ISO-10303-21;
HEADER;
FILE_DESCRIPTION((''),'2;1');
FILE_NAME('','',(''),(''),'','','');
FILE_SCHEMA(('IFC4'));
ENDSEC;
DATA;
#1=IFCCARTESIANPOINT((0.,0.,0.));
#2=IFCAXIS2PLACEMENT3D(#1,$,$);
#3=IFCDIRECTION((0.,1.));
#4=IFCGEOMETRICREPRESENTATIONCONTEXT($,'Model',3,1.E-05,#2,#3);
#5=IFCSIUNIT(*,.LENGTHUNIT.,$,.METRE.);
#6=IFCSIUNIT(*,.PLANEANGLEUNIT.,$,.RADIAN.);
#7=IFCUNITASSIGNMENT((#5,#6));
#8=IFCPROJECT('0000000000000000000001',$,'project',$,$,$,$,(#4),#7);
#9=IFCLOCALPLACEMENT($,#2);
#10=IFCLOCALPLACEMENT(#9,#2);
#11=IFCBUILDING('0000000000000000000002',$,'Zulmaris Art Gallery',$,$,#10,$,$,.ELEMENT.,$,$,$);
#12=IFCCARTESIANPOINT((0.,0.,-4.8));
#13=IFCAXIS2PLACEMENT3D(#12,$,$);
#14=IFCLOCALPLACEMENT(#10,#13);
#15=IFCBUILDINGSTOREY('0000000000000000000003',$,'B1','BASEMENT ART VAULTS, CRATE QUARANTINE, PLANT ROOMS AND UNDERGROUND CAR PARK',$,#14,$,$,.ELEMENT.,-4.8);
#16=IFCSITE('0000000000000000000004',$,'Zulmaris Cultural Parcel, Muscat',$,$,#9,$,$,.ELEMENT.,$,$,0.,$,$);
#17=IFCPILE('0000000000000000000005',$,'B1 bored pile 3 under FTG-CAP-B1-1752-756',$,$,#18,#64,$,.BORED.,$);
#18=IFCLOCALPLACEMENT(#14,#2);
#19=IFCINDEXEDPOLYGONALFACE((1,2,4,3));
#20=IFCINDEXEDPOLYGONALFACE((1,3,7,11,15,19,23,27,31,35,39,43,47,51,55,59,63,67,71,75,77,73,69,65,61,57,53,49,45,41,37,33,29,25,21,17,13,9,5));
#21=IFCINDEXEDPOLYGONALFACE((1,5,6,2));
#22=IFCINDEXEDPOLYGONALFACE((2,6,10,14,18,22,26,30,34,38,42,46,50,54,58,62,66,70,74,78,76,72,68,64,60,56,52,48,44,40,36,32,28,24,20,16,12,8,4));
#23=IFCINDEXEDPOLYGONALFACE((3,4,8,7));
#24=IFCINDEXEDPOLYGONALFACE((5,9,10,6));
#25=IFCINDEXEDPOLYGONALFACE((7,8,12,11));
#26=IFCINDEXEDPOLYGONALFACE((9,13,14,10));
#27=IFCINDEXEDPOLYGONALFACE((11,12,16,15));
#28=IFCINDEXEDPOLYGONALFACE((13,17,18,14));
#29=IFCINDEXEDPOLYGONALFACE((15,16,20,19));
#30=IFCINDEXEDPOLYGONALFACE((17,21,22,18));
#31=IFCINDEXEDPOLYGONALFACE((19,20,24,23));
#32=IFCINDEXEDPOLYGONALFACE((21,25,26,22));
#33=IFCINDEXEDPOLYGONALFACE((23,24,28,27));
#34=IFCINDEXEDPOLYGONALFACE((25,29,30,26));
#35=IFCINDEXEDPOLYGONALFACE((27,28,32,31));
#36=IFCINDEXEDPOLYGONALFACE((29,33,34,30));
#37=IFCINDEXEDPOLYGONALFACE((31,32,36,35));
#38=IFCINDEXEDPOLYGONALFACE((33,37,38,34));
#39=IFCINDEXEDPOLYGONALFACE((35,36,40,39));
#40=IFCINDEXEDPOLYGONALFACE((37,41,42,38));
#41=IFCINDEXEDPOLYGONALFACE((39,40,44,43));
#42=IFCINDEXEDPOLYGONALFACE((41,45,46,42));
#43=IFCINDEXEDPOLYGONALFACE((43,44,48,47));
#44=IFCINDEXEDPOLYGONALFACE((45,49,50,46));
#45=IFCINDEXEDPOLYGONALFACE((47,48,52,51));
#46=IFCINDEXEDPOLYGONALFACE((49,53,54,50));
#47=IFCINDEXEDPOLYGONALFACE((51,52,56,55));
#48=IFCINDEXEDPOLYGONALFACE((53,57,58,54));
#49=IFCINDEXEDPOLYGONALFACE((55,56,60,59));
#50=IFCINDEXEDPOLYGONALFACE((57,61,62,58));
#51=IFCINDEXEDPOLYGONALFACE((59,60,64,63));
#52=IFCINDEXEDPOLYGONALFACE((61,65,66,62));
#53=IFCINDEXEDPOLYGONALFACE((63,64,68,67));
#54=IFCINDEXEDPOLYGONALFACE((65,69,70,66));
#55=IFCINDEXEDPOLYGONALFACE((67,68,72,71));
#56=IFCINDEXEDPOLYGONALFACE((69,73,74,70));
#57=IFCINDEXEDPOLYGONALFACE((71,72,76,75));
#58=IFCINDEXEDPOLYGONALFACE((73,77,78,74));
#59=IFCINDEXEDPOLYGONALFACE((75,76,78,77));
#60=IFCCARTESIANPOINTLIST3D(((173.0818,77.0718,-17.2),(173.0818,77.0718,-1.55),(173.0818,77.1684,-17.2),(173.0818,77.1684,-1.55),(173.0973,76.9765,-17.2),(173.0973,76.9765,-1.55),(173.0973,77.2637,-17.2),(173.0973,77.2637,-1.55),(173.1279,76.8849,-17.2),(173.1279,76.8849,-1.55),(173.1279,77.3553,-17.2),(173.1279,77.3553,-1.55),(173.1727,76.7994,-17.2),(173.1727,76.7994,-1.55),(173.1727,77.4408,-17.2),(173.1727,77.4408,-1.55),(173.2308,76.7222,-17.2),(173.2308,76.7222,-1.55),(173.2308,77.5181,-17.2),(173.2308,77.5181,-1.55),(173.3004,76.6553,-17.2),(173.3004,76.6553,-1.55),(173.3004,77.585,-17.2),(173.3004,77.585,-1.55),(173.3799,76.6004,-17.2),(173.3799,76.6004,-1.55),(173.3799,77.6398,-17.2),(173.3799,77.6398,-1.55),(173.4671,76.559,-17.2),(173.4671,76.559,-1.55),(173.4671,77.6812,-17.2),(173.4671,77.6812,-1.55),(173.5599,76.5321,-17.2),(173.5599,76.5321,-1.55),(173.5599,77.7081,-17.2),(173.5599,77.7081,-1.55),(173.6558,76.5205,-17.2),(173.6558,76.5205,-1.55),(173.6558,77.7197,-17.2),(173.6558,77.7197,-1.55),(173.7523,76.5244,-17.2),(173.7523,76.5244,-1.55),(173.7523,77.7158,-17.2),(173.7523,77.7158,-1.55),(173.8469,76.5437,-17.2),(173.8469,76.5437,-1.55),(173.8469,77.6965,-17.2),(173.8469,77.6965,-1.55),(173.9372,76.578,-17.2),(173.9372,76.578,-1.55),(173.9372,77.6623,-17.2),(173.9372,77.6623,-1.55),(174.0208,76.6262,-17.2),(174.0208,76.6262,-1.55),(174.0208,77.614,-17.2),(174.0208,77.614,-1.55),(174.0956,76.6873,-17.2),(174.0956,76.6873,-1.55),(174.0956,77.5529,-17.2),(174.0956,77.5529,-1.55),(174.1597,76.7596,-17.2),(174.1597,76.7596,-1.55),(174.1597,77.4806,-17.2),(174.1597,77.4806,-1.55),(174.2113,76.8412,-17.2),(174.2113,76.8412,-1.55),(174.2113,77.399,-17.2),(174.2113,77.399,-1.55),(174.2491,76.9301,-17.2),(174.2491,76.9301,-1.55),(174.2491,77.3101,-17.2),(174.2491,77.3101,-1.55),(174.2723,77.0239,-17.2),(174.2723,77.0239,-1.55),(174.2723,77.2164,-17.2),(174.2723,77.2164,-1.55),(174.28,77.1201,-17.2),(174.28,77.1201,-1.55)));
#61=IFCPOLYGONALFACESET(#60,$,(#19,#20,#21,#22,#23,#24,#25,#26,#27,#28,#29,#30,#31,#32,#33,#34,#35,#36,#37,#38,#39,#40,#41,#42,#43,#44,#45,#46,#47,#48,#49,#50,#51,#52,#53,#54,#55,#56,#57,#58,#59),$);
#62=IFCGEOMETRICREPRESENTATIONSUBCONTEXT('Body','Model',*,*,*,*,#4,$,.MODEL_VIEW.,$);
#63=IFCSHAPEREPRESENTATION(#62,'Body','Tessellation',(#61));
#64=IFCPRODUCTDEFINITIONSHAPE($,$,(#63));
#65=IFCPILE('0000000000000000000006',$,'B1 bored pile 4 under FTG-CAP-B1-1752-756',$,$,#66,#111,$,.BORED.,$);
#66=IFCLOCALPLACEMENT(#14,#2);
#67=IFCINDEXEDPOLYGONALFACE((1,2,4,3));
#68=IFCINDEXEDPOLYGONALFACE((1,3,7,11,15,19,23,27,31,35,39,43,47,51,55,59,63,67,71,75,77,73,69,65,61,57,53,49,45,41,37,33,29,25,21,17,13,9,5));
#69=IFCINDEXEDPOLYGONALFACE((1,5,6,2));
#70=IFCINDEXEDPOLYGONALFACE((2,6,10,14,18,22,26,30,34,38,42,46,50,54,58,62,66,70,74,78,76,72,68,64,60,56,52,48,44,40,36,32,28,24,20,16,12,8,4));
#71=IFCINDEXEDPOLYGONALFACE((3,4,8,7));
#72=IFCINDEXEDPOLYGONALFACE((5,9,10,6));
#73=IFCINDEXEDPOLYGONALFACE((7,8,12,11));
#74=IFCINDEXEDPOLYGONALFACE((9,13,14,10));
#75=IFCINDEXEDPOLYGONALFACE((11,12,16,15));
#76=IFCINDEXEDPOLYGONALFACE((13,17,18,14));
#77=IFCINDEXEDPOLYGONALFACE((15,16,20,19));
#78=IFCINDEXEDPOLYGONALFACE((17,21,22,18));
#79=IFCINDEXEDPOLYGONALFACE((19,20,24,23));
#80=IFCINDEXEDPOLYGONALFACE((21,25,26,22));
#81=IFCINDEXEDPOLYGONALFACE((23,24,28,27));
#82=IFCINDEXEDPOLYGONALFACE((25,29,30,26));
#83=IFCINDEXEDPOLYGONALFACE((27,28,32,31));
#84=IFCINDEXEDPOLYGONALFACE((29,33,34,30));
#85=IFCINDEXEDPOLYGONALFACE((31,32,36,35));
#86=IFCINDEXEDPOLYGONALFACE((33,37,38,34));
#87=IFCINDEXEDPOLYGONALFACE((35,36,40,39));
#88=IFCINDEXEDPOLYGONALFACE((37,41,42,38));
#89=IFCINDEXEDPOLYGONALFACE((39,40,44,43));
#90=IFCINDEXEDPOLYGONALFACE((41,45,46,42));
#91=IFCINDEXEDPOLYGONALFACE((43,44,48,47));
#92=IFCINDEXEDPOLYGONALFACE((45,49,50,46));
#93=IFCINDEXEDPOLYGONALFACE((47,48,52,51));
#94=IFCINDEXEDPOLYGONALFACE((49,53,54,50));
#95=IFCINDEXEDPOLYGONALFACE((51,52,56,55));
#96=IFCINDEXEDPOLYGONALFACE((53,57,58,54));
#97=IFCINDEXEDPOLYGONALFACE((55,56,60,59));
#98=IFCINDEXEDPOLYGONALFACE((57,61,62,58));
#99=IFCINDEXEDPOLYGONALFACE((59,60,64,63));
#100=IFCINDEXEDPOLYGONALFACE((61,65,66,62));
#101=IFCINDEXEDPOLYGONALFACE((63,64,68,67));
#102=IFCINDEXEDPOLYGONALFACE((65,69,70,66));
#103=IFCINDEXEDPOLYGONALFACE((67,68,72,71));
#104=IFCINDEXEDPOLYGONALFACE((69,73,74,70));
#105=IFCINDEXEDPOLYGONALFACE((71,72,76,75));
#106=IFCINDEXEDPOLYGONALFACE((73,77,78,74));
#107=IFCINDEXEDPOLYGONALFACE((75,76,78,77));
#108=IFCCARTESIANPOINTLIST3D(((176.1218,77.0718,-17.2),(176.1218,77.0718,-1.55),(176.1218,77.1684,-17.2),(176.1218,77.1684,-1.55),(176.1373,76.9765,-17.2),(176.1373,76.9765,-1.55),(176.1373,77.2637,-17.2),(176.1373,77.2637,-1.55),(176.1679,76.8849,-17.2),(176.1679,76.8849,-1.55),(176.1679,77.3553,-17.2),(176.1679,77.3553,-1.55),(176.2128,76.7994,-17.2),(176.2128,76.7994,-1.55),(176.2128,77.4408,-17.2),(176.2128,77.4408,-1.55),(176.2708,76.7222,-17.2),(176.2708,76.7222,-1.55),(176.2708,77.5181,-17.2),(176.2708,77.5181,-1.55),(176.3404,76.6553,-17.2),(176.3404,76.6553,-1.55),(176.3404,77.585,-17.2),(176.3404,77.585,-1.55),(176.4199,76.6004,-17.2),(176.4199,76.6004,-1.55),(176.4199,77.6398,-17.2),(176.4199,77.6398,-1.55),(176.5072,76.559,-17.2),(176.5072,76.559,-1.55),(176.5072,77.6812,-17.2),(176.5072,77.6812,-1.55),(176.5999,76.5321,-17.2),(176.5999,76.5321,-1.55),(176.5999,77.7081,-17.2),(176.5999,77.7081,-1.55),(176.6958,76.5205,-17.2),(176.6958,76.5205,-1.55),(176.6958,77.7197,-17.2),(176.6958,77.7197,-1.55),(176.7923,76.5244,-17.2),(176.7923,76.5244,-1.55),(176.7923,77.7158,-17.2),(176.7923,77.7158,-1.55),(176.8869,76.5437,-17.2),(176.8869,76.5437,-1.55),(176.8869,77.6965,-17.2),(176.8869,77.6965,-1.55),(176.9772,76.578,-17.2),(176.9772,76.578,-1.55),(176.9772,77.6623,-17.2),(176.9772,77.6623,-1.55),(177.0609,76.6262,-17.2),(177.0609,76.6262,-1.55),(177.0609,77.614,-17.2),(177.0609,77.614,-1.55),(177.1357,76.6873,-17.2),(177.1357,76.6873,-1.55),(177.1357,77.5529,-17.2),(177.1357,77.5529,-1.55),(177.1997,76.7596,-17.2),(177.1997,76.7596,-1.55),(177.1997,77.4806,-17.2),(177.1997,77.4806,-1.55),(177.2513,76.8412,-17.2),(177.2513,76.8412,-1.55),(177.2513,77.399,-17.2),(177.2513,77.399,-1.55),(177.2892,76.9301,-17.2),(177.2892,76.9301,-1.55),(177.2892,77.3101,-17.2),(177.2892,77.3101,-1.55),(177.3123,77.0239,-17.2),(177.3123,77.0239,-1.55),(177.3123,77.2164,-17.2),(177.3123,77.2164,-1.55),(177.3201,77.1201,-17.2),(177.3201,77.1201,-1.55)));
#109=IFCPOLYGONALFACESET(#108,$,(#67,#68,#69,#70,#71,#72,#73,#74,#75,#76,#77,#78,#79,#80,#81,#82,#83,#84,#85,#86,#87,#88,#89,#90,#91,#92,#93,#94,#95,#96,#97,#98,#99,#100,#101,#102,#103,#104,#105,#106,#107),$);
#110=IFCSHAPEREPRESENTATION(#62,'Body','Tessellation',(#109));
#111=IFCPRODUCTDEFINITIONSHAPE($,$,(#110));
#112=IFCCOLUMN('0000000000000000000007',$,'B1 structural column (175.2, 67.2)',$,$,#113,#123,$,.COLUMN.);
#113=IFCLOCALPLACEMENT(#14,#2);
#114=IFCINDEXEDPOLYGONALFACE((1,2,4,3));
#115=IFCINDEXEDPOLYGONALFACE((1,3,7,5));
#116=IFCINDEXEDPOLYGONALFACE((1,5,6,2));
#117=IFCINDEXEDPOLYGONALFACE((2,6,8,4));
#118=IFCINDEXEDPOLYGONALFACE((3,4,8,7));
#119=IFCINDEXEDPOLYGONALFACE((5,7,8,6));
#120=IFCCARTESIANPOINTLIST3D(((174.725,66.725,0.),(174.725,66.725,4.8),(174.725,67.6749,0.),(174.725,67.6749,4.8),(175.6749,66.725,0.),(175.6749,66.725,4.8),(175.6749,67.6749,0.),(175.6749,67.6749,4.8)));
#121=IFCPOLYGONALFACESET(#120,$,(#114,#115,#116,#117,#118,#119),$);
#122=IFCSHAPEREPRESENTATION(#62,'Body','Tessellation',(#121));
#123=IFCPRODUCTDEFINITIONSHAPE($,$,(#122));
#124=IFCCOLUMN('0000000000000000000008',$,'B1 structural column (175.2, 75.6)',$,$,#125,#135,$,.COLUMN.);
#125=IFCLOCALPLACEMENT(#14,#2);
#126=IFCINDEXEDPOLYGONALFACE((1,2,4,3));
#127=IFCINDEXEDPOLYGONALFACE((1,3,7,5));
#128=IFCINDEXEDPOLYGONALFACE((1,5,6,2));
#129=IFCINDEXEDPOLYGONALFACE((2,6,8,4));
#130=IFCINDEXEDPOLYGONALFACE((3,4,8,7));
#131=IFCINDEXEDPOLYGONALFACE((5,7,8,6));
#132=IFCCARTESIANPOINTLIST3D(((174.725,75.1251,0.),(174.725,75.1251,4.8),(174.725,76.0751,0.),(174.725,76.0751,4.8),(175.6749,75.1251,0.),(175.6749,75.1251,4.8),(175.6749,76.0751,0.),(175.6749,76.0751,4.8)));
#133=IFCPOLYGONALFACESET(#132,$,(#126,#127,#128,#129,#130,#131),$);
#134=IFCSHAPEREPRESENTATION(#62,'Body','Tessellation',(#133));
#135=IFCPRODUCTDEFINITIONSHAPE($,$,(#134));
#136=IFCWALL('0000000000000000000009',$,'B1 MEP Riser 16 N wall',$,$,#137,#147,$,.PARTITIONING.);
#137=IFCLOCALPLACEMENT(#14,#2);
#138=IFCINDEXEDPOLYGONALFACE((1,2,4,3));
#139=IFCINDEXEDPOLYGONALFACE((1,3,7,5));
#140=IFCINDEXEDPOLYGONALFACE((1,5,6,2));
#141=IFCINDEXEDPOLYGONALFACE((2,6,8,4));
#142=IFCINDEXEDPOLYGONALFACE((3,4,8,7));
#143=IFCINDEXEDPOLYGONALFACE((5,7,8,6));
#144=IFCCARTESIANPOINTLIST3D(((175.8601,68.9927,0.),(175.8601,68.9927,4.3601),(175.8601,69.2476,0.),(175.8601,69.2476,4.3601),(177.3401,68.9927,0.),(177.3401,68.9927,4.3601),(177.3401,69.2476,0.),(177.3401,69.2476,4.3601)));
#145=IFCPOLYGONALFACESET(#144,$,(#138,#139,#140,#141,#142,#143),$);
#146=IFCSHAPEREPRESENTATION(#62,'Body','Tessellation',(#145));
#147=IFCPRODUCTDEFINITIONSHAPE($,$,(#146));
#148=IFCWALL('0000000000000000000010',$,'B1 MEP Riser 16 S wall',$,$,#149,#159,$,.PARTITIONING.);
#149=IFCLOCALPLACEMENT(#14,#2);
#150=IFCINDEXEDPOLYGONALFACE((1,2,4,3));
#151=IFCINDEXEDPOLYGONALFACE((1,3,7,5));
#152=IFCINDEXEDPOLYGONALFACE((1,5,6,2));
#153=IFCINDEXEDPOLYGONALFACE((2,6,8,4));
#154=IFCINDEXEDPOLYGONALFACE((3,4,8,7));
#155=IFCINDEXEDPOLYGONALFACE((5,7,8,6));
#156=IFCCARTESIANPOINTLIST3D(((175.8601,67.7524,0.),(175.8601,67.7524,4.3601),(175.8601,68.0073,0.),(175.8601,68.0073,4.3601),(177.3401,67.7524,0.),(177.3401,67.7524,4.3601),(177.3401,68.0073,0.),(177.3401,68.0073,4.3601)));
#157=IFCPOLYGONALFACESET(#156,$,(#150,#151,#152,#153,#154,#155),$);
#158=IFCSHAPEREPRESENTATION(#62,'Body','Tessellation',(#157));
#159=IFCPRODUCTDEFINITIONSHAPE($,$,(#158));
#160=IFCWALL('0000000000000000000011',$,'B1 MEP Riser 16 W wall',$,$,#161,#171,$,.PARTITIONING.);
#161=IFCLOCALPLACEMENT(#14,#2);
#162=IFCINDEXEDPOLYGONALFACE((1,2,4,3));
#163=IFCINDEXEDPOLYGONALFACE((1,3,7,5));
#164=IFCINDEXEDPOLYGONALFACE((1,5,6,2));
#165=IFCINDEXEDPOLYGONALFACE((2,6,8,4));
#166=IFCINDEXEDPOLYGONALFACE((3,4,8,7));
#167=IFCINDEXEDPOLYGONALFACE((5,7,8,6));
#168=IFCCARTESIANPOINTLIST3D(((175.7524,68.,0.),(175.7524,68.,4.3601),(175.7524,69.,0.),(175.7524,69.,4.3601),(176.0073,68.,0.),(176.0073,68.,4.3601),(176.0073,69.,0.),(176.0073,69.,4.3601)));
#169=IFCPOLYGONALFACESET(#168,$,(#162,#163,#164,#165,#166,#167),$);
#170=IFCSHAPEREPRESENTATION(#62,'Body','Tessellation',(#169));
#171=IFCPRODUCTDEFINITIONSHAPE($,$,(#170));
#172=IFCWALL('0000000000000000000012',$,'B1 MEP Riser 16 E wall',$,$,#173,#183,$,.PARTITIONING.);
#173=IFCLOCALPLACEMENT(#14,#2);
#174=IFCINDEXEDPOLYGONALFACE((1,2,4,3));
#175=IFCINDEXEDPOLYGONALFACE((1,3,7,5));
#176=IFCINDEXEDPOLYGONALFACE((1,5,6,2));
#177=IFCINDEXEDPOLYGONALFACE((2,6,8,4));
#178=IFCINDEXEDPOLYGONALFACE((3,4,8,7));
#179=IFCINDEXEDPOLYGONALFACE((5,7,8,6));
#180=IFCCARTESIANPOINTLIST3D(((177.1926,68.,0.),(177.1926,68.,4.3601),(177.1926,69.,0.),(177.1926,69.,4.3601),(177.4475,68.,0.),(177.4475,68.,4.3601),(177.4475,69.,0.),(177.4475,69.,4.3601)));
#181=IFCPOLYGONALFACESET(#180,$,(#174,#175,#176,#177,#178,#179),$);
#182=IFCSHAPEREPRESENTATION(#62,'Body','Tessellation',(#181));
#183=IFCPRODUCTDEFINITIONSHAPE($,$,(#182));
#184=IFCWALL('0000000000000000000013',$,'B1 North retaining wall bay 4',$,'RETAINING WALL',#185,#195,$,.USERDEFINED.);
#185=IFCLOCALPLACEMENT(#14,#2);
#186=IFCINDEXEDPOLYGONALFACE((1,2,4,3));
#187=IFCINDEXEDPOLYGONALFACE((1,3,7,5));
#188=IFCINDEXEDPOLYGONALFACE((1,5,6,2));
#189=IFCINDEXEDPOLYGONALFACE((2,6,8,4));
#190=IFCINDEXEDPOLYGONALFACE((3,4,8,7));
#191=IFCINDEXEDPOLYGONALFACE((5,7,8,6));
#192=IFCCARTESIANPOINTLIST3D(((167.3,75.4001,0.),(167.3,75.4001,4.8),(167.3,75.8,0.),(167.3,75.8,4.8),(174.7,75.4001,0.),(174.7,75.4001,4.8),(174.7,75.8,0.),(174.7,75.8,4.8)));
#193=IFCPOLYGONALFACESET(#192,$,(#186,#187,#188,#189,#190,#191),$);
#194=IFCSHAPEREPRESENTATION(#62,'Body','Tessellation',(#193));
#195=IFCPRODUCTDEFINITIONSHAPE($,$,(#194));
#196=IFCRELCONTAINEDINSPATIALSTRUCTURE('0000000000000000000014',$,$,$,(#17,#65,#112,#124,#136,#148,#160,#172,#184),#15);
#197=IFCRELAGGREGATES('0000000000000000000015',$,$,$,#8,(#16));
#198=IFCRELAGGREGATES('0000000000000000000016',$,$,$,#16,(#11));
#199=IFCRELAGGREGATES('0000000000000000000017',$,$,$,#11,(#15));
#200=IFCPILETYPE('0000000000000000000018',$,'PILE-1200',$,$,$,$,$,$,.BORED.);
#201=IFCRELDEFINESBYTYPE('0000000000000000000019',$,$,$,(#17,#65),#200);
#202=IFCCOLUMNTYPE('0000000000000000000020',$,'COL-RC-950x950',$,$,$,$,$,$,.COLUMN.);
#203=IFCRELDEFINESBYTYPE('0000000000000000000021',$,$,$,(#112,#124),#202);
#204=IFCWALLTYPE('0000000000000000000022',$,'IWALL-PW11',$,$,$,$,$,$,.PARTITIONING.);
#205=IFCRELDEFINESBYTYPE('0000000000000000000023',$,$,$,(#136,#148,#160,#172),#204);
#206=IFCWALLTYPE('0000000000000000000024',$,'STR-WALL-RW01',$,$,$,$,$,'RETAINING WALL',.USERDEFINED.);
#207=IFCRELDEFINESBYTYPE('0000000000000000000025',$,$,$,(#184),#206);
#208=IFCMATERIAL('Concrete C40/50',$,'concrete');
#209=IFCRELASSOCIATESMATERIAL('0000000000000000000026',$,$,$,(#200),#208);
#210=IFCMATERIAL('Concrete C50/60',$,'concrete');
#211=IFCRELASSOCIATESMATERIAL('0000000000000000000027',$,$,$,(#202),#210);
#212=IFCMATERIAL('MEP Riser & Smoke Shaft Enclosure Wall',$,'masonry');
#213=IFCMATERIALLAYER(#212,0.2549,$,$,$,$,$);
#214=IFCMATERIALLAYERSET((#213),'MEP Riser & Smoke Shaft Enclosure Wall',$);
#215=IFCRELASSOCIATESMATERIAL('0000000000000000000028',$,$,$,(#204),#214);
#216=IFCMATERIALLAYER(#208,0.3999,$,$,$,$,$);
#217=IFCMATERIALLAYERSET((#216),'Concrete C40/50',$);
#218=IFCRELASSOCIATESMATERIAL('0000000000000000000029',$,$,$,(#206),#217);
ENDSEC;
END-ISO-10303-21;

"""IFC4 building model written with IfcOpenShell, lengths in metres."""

from ifc_helpers import new_model, si_unit, direction, frame, frame_2d, origin, origin_2d, place, context, subcontext, project, spatial, rectangle, circle, extrude, material, layer, layer_set, material_profile, profile_set, type_object, element, save


model = new_model("IFC4")

# Units and contexts
model_context = context("Model", 3, precision=1e-05, world=origin(), true_north=direction((0.0, 1.0)))
body_context = subcontext(model_context, "Body", "Model", "MODEL_VIEW")
ifc_project = project(units=[si_unit("LENGTHUNIT", "METRE"), si_unit("PLANEANGLEUNIT", "RADIAN")], contexts=[model_context])

# Site, building, storey
site_placement = place(None, origin())
site = spatial("IfcSite", under=ifc_project, at=site_placement, Name="Zulmaris Cultural Parcel, Muscat", CompositionType="ELEMENT", RefElevation=0.0)
building_placement = place(site_placement, origin())
building = spatial("IfcBuilding", under=site, at=building_placement, Name="Zulmaris Art Gallery", CompositionType="ELEMENT")
storey_placement = place(building_placement, frame((0.0, 0.0, -4.8)))
storey = spatial("IfcBuildingStorey", under=building, at=storey_placement, Name="B1", Description="BASEMENT ART VAULTS, CRATE QUARANTINE, PLANT ROOMS AND UNDERGROUND CAR PARK", CompositionType="ELEMENT", Elevation=-4.8)

# Piles
ifc_material_1 = material(Name="Concrete C40/50", Category="concrete")
ifc_material_profile_1 = material_profile(ifc_material_1, circle(Radius=0.6001, at=origin_2d()), Name="PILE DIA 1200")
ifc_profile_set_1 = profile_set([ifc_material_profile_1], Name="Concrete C40/50")
pile_type = type_object("IfcPileType", Name="PILE-1200", PredefinedType="BORED", material=ifc_profile_set_1)
for number, where, z_axis, x_axis, name in (
    (1, (173.6799, 77.1201, -1.55), (0.0, 0.0, -1.0), (1.0, 0.0, 0.0), "B1 bored pile 3 under FTG-CAP-B1-1752-756"),
    (2, (176.72, 77.1201, -1.55), (0.0, 0.0, -1.0), (1.0, 0.0, 0.0), "B1 bored pile 4 under FTG-CAP-B1-1752-756"),
):
    element("IfcPile", number, at=place(storey_placement, frame(where, z_axis=z_axis, x_axis=x_axis)), inside=storey, type_object=pile_type, Name=name, PredefinedType="BORED", context=body_context, shape_type="SweptSolid", body=[
        extrude(circle(Radius=0.6001, at=origin_2d()), origin(), (0.0, 0.0, 1.0), 15.6499),
    ])

# Columns
ifc_material_2 = material(Name="Concrete C50/60", Category="concrete")
ifc_material_profile_2 = material_profile(ifc_material_2, rectangle(XDim=0.95, YDim=0.95, at=origin_2d()), Name="RC 950x950")
ifc_profile_set_2 = profile_set([ifc_material_profile_2], Name="Concrete C50/60")
column_type = type_object("IfcColumnType", Name="COL-RC-950x950", PredefinedType="COLUMN", material=ifc_profile_set_2)
for number, where, z_axis, x_axis, name in (
    (3, (175.2, 67.2, 0.0), (0.0, 0.0, 1.0), (1.0, 0.0, 0.0), "B1 structural column (175.2, 67.2)"),
    (4, (175.2, 75.6001, 0.0), (0.0, 0.0, 1.0), (1.0, 0.0, 0.0), "B1 structural column (175.2, 75.6)"),
):
    element("IfcColumn", number, at=place(storey_placement, frame(where, z_axis=z_axis, x_axis=x_axis)), inside=storey, type_object=column_type, Name=name, PredefinedType="COLUMN", context=body_context, shape_type="SweptSolid", body=[
        extrude(rectangle(XDim=0.95, YDim=0.95, at=origin_2d()), origin(), (0.0, 0.0, 1.0), 4.8),
    ])

# Walls
ifc_material_3 = material(Name="MEP Riser & Smoke Shaft Enclosure Wall", Category="masonry")
ifc_layer_1 = layer(ifc_material_3, 0.2549)
ifc_layer_set_1 = layer_set([ifc_layer_1], Name="MEP Riser & Smoke Shaft Enclosure Wall")
wall_type_1 = type_object("IfcWallType", Name="IWALL-PW11", PredefinedType="PARTITIONING", material=ifc_layer_set_1)
for number, where, z_axis, x_axis, name in (
    (5, (175.8601, 69.1201, 0.0), (0.0, 0.0, 1.0), (1.0, 0.0, 0.0), "B1 MEP Riser 16 N wall"),
    (6, (175.8601, 67.8799, 0.0), (0.0, 0.0, 1.0), (1.0, 0.0, 0.0), "B1 MEP Riser 16 S wall"),
):
    element("IfcWall", number, at=place(storey_placement, frame(where, z_axis=z_axis, x_axis=x_axis)), inside=storey, type_object=wall_type_1, Name=name, PredefinedType="PARTITIONING", context=body_context, shape_type="SweptSolid", body=[
        extrude(rectangle(XDim=1.48, YDim=0.2549, at=frame_2d((0.74, 0.0))), origin(), (0.0, 0.0, 1.0), 4.3601),
    ])
for number, where, z_axis, x_axis, name in (
    (7, (175.8799, 68.0, 0.0), (0.0, 0.0, 1.0), (0.0, 1.0, 0.0), "B1 MEP Riser 16 W wall"),
    (8, (177.3201, 68.0, 0.0), (0.0, 0.0, 1.0), (0.0, 1.0, 0.0), "B1 MEP Riser 16 E wall"),
):
    element("IfcWall", number, at=place(storey_placement, frame(where, z_axis=z_axis, x_axis=x_axis)), inside=storey, type_object=wall_type_1, Name=name, PredefinedType="PARTITIONING", context=body_context, shape_type="SweptSolid", body=[
        extrude(rectangle(XDim=1.0, YDim=0.2549, at=frame_2d((0.5, 0.0))), origin(), (0.0, 0.0, 1.0), 4.3601),
    ])
ifc_layer_2 = layer(ifc_material_1, 0.3999)
ifc_layer_set_2 = layer_set([ifc_layer_2], Name="Concrete C40/50")
wall_type_2 = type_object("IfcWallType", Name="STR-WALL-RW01", ElementType="RETAINING WALL", PredefinedType="USERDEFINED", material=ifc_layer_set_2)
wall_1_placement = place(storey_placement, frame((167.3, 75.6001, 0.0), z_axis=(0.0, 0.0, 1.0), x_axis=(1.0, 0.0, 0.0)))
element("IfcWall", 9, at=wall_1_placement, inside=storey, type_object=wall_type_2, Name="B1 North retaining wall bay 4", ObjectType="RETAINING WALL", PredefinedType="USERDEFINED", context=body_context, shape_type="SweptSolid", body=[
    extrude(rectangle(XDim=7.3999, YDim=0.3999, at=frame_2d((3.7, 0.0))), origin(), (0.0, 0.0, 1.0), 4.8),
])

save(model, "model.ifc")
